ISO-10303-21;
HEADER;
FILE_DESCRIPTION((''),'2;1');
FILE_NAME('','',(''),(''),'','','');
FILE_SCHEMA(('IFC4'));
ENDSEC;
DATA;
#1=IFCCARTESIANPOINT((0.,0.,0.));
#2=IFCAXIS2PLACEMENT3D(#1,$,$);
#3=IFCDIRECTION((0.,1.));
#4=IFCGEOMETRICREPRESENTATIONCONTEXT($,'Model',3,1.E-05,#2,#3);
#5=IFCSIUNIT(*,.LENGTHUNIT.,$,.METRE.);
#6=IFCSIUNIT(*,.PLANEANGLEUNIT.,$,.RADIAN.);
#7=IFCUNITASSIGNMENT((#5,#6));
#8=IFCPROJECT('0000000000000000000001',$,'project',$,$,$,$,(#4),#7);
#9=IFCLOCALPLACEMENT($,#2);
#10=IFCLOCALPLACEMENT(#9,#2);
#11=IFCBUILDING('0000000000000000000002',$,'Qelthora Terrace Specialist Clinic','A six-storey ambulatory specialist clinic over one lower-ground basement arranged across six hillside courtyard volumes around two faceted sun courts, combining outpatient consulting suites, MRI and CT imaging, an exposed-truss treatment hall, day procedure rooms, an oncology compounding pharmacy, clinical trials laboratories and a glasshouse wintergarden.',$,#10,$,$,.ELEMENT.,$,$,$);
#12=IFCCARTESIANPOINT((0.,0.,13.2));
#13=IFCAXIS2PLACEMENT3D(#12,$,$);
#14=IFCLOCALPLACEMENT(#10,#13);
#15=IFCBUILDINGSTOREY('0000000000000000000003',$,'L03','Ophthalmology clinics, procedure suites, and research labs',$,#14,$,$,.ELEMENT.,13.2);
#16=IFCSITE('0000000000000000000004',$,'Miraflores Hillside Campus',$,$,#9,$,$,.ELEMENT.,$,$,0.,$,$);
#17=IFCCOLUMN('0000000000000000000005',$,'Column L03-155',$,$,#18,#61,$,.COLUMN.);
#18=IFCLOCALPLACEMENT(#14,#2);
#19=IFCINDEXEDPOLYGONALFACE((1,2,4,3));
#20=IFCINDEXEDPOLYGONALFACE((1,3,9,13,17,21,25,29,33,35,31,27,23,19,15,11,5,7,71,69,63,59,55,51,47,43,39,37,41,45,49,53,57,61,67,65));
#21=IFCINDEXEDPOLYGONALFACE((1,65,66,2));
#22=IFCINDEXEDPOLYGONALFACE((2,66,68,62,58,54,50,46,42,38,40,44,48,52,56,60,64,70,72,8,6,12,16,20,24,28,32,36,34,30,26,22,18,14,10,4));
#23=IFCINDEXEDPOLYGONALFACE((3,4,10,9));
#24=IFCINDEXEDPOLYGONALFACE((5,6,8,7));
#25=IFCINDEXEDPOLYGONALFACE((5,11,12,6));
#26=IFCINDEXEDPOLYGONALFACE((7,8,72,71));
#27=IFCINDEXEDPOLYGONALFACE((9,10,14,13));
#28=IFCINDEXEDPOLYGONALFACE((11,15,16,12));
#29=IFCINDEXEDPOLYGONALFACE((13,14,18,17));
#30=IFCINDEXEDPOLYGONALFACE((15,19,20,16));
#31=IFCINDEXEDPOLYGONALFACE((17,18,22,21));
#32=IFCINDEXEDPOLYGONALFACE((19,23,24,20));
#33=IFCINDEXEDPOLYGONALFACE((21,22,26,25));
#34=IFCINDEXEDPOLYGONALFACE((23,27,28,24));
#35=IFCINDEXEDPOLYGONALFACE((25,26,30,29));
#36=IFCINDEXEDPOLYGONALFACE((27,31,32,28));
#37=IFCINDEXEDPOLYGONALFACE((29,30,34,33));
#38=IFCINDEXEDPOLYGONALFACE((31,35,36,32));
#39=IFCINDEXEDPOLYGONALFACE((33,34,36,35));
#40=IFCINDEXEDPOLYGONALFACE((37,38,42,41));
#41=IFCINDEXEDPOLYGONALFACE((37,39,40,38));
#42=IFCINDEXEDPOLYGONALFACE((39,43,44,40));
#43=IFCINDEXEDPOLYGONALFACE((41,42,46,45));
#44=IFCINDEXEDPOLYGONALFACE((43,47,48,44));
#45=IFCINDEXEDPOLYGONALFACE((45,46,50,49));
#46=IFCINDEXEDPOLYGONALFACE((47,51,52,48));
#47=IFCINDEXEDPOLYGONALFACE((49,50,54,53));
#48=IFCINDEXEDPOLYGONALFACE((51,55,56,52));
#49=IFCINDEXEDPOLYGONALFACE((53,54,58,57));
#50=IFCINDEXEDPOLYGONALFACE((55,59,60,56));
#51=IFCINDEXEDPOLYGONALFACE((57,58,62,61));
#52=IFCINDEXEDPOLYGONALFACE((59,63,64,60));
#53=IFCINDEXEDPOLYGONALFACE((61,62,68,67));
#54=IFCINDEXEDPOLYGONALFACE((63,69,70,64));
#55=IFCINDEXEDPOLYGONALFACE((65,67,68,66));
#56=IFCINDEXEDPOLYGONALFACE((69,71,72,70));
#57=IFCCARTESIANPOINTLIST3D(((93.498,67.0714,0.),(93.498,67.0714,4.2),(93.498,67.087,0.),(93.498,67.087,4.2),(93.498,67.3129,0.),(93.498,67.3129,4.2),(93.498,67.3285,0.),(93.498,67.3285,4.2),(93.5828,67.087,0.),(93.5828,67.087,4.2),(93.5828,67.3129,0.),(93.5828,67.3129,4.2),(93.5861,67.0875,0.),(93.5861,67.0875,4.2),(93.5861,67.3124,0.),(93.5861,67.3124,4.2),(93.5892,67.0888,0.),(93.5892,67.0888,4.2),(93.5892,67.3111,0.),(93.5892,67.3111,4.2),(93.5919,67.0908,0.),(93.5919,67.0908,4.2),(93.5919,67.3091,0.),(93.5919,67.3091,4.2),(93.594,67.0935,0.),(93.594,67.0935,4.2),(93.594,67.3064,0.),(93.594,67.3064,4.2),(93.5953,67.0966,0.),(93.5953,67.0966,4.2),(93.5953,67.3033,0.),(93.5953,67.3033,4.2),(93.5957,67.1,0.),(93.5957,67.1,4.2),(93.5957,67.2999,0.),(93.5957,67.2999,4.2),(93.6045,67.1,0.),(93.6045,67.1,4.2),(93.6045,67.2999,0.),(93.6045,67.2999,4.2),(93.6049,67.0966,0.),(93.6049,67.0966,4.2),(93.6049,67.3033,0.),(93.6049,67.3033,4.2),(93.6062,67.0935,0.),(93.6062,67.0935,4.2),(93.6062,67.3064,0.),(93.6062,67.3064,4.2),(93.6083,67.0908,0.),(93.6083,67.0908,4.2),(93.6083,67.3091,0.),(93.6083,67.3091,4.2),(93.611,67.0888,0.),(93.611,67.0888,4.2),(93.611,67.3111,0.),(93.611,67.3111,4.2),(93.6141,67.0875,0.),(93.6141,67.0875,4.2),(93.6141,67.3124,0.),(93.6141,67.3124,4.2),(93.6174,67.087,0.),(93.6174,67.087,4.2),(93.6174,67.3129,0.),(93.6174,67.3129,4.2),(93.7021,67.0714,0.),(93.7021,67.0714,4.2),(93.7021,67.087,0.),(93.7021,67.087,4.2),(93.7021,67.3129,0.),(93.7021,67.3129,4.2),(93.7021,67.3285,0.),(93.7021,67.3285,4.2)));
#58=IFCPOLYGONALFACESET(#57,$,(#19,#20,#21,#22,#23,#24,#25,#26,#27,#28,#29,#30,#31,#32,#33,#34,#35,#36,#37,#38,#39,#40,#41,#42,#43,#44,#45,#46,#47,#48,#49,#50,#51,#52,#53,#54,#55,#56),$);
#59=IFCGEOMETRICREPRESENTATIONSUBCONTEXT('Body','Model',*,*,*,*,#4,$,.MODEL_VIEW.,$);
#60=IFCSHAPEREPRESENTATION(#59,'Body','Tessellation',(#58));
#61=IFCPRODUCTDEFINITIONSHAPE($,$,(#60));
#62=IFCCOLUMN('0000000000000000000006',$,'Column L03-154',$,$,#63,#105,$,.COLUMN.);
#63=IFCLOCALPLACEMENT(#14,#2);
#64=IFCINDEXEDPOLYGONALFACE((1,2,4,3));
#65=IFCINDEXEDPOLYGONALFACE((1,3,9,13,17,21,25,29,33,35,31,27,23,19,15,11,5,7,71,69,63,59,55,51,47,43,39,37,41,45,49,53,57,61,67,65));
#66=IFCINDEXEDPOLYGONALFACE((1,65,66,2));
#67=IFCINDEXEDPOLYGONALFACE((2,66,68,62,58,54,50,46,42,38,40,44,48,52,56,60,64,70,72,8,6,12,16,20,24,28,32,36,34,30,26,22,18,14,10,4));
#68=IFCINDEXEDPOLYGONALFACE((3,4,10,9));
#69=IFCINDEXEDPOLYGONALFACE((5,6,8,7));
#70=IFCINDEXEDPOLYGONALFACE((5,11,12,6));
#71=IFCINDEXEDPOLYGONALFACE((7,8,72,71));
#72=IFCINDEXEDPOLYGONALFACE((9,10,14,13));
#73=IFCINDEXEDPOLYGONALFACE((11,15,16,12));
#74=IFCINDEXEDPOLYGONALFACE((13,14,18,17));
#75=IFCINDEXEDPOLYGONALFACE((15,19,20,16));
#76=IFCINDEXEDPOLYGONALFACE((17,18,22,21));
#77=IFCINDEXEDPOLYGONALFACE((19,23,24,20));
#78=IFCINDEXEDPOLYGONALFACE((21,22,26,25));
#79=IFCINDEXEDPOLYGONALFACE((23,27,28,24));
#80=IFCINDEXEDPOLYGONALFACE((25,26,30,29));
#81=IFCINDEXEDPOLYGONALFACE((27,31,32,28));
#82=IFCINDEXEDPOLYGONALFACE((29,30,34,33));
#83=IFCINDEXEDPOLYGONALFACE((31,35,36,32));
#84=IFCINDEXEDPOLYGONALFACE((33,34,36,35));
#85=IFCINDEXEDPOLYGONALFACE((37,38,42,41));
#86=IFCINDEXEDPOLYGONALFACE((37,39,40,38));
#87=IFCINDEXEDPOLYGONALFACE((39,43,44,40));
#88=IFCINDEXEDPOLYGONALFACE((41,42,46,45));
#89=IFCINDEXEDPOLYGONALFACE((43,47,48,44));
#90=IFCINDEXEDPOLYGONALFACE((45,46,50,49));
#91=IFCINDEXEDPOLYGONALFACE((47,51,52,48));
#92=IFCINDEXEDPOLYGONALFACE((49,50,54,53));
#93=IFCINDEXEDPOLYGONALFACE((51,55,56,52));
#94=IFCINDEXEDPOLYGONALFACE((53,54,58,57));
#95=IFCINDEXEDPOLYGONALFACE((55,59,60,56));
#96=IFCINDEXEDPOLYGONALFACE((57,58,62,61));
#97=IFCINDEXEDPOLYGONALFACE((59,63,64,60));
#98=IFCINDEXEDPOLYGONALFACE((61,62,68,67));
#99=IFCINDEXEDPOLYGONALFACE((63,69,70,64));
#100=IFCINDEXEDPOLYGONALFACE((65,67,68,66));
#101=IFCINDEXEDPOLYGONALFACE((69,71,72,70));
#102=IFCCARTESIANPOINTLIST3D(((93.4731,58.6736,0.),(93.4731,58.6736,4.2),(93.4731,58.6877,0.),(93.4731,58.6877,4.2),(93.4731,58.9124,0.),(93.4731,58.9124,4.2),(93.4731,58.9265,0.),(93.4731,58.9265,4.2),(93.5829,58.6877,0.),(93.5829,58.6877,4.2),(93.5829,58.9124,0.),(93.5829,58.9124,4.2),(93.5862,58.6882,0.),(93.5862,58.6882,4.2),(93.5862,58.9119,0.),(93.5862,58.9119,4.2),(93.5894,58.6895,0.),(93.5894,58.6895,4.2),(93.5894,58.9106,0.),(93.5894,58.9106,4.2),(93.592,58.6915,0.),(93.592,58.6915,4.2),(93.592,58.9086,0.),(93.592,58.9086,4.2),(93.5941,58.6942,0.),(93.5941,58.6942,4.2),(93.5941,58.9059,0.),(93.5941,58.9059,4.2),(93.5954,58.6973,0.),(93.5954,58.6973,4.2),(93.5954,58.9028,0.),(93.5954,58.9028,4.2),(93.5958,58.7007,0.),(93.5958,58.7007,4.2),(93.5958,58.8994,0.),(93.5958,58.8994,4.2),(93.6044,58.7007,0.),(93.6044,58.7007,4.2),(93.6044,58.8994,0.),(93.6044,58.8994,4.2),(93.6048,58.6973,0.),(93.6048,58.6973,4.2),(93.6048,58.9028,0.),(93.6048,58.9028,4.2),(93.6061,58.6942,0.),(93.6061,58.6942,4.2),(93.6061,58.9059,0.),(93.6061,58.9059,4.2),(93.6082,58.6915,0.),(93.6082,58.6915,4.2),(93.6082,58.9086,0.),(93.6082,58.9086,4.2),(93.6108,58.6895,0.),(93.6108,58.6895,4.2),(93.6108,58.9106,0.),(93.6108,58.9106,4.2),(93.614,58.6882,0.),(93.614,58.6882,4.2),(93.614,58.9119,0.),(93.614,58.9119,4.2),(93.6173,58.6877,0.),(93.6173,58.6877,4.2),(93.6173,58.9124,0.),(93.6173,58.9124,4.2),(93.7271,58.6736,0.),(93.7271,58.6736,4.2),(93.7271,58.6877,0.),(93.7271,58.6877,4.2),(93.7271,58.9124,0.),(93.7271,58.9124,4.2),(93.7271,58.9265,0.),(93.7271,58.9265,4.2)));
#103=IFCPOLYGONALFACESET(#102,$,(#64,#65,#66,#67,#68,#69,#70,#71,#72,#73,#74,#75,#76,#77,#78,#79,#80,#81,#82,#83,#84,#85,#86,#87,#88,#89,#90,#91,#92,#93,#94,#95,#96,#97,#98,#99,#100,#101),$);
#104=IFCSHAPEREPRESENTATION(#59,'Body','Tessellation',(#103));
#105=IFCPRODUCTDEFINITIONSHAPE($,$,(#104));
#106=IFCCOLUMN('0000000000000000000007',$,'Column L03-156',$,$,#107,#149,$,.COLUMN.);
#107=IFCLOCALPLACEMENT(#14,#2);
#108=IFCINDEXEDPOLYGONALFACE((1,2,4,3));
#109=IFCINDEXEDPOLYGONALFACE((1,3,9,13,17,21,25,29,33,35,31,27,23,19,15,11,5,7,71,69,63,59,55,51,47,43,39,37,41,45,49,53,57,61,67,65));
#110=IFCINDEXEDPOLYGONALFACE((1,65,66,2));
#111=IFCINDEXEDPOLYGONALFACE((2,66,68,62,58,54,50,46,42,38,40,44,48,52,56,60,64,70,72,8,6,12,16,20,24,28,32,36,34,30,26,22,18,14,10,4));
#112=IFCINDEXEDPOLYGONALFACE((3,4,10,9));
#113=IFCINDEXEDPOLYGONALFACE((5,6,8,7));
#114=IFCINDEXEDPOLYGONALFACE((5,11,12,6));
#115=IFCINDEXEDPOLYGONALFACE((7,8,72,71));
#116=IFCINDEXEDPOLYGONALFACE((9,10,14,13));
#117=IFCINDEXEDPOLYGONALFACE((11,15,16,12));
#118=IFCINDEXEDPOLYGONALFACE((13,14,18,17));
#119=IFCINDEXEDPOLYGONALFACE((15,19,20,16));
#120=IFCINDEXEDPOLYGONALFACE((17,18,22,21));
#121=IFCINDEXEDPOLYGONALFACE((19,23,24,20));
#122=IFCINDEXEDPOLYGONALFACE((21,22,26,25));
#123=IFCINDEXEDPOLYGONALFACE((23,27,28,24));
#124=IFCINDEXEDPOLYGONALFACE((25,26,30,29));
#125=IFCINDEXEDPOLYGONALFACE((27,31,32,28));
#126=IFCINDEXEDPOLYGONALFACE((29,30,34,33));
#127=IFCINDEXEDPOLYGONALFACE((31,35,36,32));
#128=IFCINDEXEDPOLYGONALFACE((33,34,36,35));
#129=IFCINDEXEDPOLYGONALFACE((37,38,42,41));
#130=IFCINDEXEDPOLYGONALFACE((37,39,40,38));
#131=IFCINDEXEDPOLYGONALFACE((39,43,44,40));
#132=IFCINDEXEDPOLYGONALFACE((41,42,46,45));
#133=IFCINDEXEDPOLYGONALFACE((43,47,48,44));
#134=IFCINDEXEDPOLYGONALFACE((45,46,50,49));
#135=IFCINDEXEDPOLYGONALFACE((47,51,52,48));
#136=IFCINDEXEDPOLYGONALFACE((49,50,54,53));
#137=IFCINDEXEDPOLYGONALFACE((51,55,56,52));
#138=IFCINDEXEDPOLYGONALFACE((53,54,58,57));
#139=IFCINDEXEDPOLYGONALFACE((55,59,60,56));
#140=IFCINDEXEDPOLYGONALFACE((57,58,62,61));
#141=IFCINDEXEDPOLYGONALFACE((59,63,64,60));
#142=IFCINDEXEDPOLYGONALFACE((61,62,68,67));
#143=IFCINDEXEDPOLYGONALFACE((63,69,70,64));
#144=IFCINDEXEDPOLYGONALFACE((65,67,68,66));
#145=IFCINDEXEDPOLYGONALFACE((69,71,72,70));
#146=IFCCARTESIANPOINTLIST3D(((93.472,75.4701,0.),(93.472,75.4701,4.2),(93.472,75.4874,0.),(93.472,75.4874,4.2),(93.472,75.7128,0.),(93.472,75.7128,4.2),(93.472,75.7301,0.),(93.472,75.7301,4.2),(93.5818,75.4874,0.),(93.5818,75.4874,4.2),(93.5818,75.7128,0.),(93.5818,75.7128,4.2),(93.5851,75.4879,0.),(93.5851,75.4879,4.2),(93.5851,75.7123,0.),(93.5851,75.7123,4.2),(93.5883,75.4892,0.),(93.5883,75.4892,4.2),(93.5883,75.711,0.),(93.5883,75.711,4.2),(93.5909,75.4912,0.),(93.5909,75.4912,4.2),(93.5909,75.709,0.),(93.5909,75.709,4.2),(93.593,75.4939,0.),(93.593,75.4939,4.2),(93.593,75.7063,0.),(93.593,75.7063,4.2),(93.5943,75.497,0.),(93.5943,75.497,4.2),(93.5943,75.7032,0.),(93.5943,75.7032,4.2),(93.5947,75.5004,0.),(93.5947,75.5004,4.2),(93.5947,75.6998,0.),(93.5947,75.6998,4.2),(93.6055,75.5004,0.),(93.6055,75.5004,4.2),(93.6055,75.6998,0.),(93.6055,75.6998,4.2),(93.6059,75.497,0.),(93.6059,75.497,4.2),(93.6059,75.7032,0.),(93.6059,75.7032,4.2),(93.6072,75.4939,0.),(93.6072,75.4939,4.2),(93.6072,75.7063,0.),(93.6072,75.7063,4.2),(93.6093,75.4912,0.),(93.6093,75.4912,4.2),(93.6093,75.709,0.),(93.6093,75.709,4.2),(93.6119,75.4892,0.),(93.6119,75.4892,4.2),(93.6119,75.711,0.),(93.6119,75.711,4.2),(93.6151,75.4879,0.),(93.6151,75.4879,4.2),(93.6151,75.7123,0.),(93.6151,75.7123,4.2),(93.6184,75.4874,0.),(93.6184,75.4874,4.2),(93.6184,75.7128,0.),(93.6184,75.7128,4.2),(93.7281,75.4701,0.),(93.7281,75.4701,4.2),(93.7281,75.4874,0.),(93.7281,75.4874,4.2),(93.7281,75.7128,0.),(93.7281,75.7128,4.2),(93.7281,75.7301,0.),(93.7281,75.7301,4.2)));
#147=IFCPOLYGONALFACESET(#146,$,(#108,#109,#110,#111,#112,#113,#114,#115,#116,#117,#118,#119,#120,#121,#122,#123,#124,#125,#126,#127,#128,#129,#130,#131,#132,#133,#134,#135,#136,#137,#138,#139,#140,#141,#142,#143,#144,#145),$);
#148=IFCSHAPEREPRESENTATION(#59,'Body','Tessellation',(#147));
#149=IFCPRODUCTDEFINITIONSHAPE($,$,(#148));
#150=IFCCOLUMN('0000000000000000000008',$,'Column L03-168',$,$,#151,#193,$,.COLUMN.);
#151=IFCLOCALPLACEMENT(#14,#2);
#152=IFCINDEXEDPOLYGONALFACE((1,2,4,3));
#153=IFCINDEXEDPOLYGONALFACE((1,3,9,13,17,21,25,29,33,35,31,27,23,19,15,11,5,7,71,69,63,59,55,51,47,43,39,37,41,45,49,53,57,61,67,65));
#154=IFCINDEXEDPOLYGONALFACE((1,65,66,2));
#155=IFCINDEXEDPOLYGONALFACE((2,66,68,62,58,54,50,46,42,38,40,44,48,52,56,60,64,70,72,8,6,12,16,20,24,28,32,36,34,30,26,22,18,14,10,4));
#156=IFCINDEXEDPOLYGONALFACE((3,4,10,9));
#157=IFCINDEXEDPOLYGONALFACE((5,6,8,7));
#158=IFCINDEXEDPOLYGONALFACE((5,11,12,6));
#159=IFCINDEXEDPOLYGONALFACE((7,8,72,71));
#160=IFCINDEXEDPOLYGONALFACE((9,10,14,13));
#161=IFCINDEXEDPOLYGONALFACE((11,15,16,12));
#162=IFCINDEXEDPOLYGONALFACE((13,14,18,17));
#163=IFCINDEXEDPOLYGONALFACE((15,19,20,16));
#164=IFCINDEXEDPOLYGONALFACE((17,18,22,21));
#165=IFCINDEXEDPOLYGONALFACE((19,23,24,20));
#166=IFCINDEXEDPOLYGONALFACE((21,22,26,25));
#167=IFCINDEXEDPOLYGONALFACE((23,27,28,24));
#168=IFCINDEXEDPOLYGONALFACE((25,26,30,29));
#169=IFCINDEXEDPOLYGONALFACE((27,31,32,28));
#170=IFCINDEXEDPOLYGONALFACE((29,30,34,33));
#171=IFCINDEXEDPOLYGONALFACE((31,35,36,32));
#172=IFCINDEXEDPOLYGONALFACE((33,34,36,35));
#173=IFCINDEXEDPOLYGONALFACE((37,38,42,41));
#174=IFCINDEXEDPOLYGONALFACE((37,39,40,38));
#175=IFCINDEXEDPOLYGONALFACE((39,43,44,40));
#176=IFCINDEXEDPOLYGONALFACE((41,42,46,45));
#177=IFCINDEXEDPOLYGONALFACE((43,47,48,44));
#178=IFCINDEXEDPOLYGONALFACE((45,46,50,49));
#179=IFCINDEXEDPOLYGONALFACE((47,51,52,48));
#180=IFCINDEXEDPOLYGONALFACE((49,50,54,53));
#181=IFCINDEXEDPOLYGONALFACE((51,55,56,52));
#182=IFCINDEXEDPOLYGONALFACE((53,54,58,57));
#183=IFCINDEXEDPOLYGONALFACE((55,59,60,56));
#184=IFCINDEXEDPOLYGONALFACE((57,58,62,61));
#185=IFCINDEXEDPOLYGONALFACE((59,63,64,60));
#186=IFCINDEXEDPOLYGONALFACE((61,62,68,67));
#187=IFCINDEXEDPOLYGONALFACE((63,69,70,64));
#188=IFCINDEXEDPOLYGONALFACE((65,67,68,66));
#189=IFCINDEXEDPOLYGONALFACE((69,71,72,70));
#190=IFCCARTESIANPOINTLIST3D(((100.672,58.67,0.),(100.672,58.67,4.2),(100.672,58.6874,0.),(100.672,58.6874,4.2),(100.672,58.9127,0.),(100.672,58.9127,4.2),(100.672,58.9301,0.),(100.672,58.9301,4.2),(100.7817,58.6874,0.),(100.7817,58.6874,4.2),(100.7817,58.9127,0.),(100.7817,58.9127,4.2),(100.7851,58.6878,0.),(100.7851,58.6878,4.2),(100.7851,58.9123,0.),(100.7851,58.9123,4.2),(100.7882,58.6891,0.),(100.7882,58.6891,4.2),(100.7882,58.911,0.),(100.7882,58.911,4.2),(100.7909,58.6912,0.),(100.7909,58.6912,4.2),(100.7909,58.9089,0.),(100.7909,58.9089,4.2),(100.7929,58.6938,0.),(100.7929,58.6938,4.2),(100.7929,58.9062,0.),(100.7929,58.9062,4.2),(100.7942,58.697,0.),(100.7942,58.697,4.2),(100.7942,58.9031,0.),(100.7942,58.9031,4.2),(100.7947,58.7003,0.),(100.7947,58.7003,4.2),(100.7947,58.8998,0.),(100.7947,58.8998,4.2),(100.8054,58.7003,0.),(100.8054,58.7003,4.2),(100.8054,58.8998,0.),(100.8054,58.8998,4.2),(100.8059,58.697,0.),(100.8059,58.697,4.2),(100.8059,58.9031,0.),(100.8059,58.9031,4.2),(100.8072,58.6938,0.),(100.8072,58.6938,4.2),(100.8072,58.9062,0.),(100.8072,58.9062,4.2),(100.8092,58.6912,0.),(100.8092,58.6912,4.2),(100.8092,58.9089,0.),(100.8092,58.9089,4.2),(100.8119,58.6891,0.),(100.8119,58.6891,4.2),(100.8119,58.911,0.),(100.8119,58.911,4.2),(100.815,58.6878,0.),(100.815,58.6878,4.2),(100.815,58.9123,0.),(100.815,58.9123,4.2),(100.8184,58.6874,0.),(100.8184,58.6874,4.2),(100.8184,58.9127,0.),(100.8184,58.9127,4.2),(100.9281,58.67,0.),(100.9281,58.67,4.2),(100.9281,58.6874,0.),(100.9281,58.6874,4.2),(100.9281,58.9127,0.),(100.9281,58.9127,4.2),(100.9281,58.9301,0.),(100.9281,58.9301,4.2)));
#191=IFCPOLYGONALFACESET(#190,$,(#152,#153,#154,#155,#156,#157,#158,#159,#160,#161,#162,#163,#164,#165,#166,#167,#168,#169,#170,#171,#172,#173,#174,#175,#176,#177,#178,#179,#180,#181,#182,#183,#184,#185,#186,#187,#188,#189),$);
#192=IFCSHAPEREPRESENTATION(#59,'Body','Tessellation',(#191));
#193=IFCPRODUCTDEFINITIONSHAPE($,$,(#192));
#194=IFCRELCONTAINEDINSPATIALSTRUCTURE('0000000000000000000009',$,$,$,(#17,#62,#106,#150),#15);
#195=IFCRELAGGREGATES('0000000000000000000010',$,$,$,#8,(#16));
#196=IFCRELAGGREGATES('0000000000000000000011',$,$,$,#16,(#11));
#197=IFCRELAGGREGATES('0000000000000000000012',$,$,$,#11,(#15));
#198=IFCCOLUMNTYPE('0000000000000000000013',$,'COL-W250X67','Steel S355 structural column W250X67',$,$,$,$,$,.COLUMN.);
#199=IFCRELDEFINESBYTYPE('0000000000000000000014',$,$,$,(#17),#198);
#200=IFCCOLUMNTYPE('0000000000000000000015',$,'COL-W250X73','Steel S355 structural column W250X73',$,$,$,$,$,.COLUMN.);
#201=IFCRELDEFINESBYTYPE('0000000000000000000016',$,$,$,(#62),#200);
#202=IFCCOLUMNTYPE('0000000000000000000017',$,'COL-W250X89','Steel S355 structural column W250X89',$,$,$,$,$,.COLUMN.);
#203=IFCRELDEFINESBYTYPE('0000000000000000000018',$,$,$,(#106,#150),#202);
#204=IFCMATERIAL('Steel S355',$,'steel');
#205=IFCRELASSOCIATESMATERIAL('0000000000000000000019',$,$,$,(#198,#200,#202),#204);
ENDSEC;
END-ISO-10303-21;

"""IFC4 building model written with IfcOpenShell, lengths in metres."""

from ifc_helpers import new_model, si_unit, direction, frame, origin, origin_2d, place, context, subcontext, project, spatial, i_section, extrude, material, material_profile, profile_set, type_object, element, save


model = new_model("IFC4")

# Units and contexts
model_context = context("Model", 3, precision=1e-05, world=origin(), true_north=direction((0.0, 1.0)))
body_context = subcontext(model_context, "Body", "Model", "MODEL_VIEW")
ifc_project = project(units=[si_unit("LENGTHUNIT", "METRE"), si_unit("PLANEANGLEUNIT", "RADIAN")], contexts=[model_context])

# Site, building, storey
site_placement = place(None, origin())
site = spatial("IfcSite", under=ifc_project, at=site_placement, Name="Miraflores Hillside Campus", CompositionType="ELEMENT", RefElevation=0.0)
building_placement = place(site_placement, origin())
building = spatial("IfcBuilding", under=site, at=building_placement, Name="Qelthora Terrace Specialist Clinic", Description="A six-storey ambulatory specialist clinic over one lower-ground basement arranged across six hillside courtyard volumes around two faceted sun courts, combining outpatient consulting suites, MRI and CT imaging, an exposed-truss treatment hall, day procedure rooms, an oncology compounding pharmacy, clinical trials laboratories and a glasshouse wintergarden.", CompositionType="ELEMENT")
storey_placement = place(building_placement, frame((0.0, 0.0, 13.2)))
storey = spatial("IfcBuildingStorey", under=building, at=storey_placement, Name="L03", Description="Ophthalmology clinics, procedure suites, and research labs", CompositionType="ELEMENT", Elevation=13.2)

# Columns
ifc_material_1 = material(Name="Steel S355", Category="steel")
ifc_material_profile_1 = material_profile(ifc_material_1, i_section(OverallWidth=0.2041, OverallDepth=0.2571, WebThickness=0.0088, FlangeThickness=0.0156, FilletRadius=0.0129, at=origin_2d()), Name="W250X67")
ifc_profile_set_1 = profile_set([ifc_material_profile_1], Name="Steel S355")
column_type_1 = type_object("IfcColumnType", Name="COL-W250X67", Description="Steel S355 structural column W250X67", PredefinedType="COLUMN", material=ifc_profile_set_1)
column_1_placement = place(storey_placement, frame((93.6001, 67.2, 0.0), z_axis=(0.0, 0.0, 1.0), x_axis=(1.0, 0.0, 0.0)))
element("IfcColumn", 1, at=column_1_placement, inside=storey, type_object=column_type_1, Name="Column L03-155", PredefinedType="COLUMN", context=body_context, shape_type="SweptSolid", body=[
    extrude(i_section(OverallWidth=0.2041, OverallDepth=0.2571, WebThickness=0.0088, FlangeThickness=0.0156, FilletRadius=0.0129, at=origin_2d()), origin(), (0.0, 0.0, 1.0), 4.2),
])
ifc_material_profile_2 = material_profile(ifc_material_1, i_section(OverallWidth=0.2539, OverallDepth=0.2529, WebThickness=0.0085, FlangeThickness=0.0142, FilletRadius=0.0129, at=origin_2d()), Name="W250X73")
ifc_profile_set_2 = profile_set([ifc_material_profile_2], Name="Steel S355")
column_type_2 = type_object("IfcColumnType", Name="COL-W250X73", Description="Steel S355 structural column W250X73", PredefinedType="COLUMN", material=ifc_profile_set_2)
column_2_placement = place(storey_placement, frame((93.6001, 58.8, 0.0), z_axis=(0.0, 0.0, 1.0), x_axis=(1.0, 0.0, 0.0)))
element("IfcColumn", 2, at=column_2_placement, inside=storey, type_object=column_type_2, Name="Column L03-154", PredefinedType="COLUMN", context=body_context, shape_type="SweptSolid", body=[
    extrude(i_section(OverallWidth=0.2539, OverallDepth=0.2529, WebThickness=0.0085, FlangeThickness=0.0142, FilletRadius=0.0129, at=origin_2d()), origin(), (0.0, 0.0, 1.0), 4.2),
])
ifc_material_profile_3 = material_profile(ifc_material_1, i_section(OverallWidth=0.2561, OverallDepth=0.26, WebThickness=0.0107, FlangeThickness=0.0173, FilletRadius=0.0129, at=origin_2d()), Name="W250X89")
ifc_profile_set_3 = profile_set([ifc_material_profile_3], Name="Steel S355")
column_type_3 = type_object("IfcColumnType", Name="COL-W250X89", Description="Steel S355 structural column W250X89", PredefinedType="COLUMN", material=ifc_profile_set_3)
for number, where, z_axis, x_axis, name in (
    (3, (93.6001, 75.6001, 0.0), (0.0, 0.0, 1.0), (1.0, 0.0, 0.0), "Column L03-156"),
    (4, (100.8, 58.8, 0.0), (0.0, 0.0, 1.0), (1.0, 0.0, 0.0), "Column L03-168"),
):
    element("IfcColumn", number, at=place(storey_placement, frame(where, z_axis=z_axis, x_axis=x_axis)), inside=storey, type_object=column_type_3, Name=name, PredefinedType="COLUMN", context=body_context, shape_type="SweptSolid", body=[
        extrude(i_section(OverallWidth=0.2561, OverallDepth=0.26, WebThickness=0.0107, FlangeThickness=0.0173, FilletRadius=0.0129, at=origin_2d()), origin(), (0.0, 0.0, 1.0), 4.2),
    ])

save(model, "model.ifc")
